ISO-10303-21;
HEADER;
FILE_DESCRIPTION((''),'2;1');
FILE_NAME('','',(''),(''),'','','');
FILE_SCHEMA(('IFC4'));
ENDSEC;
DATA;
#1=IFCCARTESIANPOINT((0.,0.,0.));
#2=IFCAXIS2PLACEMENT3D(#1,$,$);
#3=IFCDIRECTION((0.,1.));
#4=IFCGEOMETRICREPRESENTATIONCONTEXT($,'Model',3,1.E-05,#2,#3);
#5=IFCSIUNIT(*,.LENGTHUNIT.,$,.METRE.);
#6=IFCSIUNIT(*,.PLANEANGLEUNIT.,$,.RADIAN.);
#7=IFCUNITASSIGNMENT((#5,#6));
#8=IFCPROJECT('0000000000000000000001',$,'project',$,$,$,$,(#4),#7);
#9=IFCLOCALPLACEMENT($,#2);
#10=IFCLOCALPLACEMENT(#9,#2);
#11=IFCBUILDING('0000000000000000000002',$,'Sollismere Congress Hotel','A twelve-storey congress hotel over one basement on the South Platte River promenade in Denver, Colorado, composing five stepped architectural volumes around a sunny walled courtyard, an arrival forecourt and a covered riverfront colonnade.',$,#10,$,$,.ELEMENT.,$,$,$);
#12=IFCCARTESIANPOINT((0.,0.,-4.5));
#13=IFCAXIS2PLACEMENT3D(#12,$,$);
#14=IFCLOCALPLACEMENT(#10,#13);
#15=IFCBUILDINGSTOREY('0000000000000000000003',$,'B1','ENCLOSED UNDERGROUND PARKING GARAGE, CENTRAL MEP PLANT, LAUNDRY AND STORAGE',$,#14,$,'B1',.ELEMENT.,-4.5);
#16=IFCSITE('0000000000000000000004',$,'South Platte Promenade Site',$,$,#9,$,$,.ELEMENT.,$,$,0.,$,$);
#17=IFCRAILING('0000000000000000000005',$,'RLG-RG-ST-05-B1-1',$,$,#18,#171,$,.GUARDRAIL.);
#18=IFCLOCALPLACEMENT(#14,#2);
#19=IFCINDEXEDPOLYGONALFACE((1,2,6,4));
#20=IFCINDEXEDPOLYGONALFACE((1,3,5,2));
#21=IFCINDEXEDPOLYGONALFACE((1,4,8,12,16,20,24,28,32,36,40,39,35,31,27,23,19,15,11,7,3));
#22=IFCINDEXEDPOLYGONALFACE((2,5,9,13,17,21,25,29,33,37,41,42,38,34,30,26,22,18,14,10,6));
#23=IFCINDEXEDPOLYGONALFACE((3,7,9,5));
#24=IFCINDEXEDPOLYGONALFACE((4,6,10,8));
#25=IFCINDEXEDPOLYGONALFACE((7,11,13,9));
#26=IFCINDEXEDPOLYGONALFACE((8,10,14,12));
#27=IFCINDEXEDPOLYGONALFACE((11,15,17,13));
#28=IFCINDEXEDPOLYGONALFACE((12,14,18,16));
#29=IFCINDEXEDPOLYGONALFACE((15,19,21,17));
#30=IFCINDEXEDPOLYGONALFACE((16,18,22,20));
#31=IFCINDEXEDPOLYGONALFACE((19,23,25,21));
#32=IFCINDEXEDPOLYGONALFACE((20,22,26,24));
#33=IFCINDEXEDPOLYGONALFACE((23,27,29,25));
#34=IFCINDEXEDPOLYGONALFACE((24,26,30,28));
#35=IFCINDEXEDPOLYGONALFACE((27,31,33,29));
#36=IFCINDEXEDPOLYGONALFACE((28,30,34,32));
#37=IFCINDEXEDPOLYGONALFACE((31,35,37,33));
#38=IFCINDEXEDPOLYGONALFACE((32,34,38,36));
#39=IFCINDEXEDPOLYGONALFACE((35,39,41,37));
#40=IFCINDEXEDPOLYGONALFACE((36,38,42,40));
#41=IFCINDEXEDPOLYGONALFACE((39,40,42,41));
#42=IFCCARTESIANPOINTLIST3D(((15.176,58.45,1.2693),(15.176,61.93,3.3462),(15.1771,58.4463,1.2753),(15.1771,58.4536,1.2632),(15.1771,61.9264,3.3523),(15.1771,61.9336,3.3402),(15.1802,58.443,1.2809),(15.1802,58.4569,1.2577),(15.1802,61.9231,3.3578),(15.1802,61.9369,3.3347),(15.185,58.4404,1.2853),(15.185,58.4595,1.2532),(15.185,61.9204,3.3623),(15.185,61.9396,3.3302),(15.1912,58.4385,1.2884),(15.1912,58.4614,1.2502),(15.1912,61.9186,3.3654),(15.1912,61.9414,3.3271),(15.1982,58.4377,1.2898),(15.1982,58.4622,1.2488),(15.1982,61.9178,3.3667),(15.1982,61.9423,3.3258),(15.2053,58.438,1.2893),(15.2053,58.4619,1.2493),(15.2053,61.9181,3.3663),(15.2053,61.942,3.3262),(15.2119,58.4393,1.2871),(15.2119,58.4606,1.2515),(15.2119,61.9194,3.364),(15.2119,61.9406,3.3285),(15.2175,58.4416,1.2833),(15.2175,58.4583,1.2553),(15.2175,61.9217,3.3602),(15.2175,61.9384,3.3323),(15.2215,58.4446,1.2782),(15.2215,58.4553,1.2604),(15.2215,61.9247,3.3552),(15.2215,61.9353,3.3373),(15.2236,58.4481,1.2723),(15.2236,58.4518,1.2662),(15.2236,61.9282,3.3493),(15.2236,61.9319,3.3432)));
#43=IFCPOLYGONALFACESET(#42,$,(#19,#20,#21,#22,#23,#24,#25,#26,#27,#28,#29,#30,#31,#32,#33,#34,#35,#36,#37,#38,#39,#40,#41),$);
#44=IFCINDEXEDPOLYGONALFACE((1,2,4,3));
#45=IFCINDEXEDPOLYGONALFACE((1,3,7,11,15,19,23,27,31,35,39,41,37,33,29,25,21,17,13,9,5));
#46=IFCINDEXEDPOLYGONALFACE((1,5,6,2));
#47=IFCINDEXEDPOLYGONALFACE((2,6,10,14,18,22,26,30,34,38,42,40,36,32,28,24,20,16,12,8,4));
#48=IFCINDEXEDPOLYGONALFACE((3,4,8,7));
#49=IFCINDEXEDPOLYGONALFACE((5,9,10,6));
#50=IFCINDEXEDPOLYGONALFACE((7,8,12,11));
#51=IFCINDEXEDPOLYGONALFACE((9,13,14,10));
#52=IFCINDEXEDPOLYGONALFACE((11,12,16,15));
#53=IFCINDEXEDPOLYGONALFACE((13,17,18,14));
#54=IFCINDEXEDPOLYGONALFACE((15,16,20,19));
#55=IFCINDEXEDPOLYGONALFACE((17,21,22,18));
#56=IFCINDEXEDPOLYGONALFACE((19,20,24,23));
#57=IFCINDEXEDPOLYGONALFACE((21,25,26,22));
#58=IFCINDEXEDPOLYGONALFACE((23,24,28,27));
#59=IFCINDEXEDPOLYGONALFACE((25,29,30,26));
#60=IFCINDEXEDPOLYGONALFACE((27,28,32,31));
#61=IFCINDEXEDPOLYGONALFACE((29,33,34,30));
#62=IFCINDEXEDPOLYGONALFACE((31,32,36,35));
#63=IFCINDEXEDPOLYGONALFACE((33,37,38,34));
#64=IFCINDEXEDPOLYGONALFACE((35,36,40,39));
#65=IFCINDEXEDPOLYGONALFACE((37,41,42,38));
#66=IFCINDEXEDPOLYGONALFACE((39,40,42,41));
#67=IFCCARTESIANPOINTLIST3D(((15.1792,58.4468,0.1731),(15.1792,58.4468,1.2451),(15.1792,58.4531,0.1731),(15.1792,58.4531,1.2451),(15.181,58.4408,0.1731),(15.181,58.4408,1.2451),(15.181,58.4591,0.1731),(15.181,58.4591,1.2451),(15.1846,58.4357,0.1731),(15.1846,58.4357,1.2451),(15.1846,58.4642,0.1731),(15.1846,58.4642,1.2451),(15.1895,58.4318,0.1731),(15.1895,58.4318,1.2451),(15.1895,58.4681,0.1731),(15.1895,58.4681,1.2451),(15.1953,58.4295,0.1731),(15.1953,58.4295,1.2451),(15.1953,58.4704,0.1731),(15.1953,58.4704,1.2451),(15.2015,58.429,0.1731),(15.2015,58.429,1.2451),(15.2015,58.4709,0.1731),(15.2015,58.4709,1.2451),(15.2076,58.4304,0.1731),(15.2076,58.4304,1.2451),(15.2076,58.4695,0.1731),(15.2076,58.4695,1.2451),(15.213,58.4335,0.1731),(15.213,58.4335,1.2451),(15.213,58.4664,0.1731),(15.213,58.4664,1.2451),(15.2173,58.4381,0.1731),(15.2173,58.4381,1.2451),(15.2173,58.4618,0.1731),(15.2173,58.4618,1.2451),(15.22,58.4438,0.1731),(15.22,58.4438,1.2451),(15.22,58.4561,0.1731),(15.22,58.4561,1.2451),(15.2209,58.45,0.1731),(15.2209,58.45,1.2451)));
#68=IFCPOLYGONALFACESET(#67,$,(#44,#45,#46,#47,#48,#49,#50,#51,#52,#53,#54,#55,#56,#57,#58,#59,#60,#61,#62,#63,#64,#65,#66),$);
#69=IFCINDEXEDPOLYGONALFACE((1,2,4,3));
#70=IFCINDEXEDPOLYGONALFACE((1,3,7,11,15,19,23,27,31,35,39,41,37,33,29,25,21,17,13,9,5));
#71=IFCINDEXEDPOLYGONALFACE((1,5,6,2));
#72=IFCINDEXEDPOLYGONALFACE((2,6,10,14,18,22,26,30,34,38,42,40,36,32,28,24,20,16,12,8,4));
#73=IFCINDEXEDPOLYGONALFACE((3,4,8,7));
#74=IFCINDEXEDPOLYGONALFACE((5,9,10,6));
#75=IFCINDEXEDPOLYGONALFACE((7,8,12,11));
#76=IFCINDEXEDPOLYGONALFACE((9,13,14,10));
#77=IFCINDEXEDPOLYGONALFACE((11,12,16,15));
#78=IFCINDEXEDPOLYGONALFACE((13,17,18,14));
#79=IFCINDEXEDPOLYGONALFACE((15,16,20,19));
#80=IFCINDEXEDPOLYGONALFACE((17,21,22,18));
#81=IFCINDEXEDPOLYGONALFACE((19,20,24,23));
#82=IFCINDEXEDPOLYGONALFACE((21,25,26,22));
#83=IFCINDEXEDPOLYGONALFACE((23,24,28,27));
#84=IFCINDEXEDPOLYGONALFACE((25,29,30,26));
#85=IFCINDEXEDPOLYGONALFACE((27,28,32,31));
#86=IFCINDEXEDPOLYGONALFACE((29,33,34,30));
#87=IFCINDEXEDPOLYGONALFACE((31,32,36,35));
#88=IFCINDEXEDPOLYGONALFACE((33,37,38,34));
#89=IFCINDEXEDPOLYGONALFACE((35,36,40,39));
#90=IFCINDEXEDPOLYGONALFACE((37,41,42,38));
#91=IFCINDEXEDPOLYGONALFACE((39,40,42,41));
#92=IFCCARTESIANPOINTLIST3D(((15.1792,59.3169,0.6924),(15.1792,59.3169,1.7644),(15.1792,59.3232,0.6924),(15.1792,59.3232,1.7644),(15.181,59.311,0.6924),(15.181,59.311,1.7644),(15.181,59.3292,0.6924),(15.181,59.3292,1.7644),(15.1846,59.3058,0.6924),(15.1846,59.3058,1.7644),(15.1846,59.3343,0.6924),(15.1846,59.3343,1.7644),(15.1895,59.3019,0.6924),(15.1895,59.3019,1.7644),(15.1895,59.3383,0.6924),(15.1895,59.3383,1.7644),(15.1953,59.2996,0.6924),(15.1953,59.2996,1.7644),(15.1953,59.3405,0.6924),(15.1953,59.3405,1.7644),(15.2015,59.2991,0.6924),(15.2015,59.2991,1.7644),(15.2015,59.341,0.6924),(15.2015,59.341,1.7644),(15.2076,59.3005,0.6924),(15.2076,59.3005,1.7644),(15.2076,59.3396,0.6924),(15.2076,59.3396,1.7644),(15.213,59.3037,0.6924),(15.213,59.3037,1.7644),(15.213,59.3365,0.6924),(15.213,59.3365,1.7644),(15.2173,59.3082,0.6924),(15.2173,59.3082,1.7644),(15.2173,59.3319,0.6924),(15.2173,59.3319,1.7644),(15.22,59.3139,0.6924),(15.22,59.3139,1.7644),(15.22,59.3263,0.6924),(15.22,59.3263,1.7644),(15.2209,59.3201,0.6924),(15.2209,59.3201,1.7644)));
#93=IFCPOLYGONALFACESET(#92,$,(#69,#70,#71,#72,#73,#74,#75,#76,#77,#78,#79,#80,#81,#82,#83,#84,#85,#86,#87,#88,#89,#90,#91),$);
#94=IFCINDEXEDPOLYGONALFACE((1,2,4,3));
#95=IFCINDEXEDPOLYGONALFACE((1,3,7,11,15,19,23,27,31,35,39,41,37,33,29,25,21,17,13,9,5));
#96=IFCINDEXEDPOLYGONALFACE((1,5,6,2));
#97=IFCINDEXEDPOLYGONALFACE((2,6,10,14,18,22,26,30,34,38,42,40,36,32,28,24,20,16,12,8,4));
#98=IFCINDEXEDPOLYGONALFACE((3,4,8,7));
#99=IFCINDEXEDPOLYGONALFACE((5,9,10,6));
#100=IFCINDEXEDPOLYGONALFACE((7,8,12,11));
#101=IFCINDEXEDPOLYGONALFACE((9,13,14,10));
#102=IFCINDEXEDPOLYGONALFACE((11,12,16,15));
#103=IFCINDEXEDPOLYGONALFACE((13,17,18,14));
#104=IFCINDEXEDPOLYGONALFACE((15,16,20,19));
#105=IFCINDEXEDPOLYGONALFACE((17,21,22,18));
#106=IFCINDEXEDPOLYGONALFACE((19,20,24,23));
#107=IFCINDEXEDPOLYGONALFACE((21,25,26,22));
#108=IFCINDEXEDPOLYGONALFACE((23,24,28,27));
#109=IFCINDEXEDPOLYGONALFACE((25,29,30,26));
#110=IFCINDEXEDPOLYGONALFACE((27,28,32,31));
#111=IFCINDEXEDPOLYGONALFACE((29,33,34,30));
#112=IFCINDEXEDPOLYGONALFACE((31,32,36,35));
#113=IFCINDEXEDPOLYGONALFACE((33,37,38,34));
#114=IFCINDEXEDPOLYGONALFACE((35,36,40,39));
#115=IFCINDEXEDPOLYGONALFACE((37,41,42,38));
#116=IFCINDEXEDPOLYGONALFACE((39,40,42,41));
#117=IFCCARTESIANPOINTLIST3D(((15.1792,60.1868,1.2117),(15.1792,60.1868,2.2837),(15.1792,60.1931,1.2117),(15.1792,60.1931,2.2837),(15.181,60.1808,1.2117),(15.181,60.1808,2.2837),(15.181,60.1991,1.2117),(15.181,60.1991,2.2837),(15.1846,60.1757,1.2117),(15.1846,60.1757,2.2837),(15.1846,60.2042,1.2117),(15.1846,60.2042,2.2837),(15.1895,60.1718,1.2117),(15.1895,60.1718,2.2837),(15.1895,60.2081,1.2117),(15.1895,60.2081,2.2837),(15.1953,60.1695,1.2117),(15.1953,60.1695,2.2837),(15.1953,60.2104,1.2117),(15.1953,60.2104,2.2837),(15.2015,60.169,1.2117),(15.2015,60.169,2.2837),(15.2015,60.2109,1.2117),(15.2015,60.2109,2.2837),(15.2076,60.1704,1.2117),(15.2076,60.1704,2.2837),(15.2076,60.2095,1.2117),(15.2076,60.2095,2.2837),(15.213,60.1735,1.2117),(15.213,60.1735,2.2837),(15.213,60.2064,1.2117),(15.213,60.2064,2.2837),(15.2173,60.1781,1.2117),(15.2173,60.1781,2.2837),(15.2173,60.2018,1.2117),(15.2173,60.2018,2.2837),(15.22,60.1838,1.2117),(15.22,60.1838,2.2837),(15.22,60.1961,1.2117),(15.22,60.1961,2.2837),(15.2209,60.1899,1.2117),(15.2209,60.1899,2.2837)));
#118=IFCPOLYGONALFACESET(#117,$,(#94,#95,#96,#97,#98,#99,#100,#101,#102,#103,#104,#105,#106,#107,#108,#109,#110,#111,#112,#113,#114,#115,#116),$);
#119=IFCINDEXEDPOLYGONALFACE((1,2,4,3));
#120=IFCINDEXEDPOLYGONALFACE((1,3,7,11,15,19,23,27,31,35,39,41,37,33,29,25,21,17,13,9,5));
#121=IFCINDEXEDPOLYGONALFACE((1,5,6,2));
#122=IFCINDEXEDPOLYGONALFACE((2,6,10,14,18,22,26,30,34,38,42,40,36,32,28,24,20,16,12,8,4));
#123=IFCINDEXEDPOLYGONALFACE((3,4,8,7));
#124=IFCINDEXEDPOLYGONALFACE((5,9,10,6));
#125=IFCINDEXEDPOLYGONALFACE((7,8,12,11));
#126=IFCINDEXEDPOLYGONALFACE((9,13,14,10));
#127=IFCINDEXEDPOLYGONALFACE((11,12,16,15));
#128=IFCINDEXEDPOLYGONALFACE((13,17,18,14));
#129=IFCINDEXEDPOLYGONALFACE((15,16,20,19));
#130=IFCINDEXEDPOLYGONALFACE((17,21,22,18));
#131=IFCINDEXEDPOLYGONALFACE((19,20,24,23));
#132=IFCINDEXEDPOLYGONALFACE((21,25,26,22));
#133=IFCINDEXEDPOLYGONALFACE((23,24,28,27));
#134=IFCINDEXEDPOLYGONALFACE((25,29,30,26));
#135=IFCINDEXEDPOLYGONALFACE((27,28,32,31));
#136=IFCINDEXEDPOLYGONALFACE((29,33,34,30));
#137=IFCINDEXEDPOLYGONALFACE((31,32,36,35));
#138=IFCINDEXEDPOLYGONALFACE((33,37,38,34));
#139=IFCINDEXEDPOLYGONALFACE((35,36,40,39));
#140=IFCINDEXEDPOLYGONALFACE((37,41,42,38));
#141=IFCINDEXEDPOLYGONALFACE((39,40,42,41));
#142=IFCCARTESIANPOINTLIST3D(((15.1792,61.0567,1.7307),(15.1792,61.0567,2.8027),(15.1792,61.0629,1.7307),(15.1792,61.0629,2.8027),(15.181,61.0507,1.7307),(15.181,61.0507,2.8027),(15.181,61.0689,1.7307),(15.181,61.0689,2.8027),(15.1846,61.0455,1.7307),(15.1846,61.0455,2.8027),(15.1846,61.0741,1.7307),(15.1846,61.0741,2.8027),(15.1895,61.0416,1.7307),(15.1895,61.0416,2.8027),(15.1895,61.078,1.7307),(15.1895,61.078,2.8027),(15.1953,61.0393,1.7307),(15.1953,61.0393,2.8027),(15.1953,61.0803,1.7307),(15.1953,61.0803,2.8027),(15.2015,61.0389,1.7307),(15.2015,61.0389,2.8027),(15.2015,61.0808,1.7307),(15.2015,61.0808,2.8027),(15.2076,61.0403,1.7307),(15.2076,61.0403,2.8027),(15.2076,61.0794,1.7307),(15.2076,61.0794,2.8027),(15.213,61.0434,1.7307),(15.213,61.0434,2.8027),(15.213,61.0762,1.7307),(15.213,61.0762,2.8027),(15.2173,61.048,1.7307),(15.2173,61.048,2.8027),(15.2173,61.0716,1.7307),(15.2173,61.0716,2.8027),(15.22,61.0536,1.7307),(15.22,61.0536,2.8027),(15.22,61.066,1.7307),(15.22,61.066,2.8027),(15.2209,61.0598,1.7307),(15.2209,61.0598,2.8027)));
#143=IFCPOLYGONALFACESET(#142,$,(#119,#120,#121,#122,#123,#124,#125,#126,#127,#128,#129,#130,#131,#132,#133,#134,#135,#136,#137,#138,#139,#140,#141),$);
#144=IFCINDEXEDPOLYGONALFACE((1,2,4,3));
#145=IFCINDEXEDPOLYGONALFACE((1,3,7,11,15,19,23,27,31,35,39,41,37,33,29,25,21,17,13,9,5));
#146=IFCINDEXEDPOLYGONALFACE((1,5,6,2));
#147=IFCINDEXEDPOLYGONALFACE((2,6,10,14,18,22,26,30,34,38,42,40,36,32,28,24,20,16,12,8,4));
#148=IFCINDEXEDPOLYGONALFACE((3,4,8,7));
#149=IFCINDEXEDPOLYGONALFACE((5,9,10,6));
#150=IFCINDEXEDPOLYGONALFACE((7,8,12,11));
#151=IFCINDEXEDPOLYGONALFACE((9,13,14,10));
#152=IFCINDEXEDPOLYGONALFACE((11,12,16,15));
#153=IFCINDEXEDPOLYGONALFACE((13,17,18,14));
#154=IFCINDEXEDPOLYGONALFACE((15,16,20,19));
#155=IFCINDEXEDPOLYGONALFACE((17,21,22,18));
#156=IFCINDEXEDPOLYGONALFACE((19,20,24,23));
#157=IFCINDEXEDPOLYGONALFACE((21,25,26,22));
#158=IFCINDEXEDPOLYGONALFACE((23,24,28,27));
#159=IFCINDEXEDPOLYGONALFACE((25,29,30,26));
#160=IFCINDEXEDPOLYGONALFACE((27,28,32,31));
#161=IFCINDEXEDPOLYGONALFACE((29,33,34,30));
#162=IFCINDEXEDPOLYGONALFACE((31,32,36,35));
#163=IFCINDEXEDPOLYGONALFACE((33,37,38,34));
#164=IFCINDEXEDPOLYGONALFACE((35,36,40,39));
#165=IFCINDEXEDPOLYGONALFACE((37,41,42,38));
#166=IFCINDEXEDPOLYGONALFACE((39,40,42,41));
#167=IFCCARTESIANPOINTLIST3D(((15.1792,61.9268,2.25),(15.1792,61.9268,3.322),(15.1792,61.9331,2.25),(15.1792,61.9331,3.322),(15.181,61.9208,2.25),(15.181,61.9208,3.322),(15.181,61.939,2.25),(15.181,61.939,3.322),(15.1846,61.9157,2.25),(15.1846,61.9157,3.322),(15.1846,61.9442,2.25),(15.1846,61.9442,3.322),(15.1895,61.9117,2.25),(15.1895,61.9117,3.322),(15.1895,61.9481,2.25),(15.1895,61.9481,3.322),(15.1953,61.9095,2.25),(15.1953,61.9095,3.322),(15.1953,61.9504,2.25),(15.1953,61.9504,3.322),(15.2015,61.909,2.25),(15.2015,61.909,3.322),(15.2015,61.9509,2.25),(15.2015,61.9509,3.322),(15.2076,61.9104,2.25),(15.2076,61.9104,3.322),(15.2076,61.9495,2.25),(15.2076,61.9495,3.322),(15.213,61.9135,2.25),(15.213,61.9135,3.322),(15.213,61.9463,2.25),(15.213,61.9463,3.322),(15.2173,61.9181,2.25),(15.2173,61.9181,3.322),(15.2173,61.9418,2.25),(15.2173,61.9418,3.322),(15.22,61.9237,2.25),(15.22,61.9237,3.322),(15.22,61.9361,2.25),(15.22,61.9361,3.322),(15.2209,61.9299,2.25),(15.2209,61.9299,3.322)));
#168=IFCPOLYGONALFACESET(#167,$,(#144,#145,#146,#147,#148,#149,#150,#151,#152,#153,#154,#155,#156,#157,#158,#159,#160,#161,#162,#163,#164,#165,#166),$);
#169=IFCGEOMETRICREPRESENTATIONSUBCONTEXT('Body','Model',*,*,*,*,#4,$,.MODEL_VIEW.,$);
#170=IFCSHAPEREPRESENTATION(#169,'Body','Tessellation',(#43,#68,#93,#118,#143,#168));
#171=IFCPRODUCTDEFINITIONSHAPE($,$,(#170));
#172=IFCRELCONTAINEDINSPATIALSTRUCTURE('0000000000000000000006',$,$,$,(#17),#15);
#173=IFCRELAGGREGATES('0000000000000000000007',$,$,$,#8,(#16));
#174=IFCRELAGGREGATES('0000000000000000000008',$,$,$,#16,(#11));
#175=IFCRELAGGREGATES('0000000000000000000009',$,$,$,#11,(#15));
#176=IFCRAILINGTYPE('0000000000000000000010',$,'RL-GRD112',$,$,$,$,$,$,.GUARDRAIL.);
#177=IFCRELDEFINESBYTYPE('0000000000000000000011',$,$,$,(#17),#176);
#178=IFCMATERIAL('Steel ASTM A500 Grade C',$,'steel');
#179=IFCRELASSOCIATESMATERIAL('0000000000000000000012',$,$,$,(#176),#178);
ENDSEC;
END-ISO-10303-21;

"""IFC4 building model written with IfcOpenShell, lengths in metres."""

from ifc_helpers import new_model, si_unit, direction, frame, origin, origin_2d, place, context, subcontext, project, spatial, circle, extrude, material, type_object, element, save


model = new_model("IFC4")

# Units and contexts
model_context = context("Model", 3, precision=1e-05, world=origin(), true_north=direction((0.0, 1.0)))
body_context = subcontext(model_context, "Body", "Model", "MODEL_VIEW")
ifc_project = project(units=[si_unit("LENGTHUNIT", "METRE"), si_unit("PLANEANGLEUNIT", "RADIAN")], contexts=[model_context])

# Site, building, storey
site_placement = place(None, origin())
site = spatial("IfcSite", under=ifc_project, at=site_placement, Name="South Platte Promenade Site", CompositionType="ELEMENT", RefElevation=0.0)
building_placement = place(site_placement, origin())
building = spatial("IfcBuilding", under=site, at=building_placement, Name="Sollismere Congress Hotel", Description="A twelve-storey congress hotel over one basement on the South Platte River promenade in Denver, Colorado, composing five stepped architectural volumes around a sunny walled courtyard, an arrival forecourt and a covered riverfront colonnade.", CompositionType="ELEMENT")
storey_placement = place(building_placement, frame((0.0, 0.0, -4.5)))
storey = spatial("IfcBuildingStorey", under=building, at=storey_placement, Name="B1", Description="ENCLOSED UNDERGROUND PARKING GARAGE, CENTRAL MEP PLANT, LAUNDRY AND STORAGE", LongName="B1", CompositionType="ELEMENT", Elevation=-4.5)

# Railing
ifc_material_1 = material(Name="Steel ASTM A500 Grade C", Category="steel")
railing_type_1 = type_object("IfcRailingType", Name="RL-GRD112", PredefinedType="GUARDRAIL", material=ifc_material_1)
railing_1_placement = place(storey_placement, frame((15.2, 58.45, 0.1731)))
element("IfcRailing", 1, at=railing_1_placement, inside=storey, type_object=railing_type_1, Name="RLG-RG-ST-05-B1-1", PredefinedType="GUARDRAIL", context=body_context, shape_type="SweptSolid", body=[
    extrude(circle(Radius=0.0239, at=origin_2d()), frame((0.0, 0.0, 1.0962), z_axis=(0.0, 0.858697, 0.512483), x_axis=(-1.0, 0.0, 0.0)), (0.0, 0.0, 1.0), 4.0527),
    extrude(circle(Radius=0.021, at=origin_2d()), origin(), (0.0, 0.0, 1.0), 1.072),
    extrude(circle(Radius=0.021, at=origin_2d()), frame((0.0, 0.8701, 0.5193)), (0.0, 0.0, 1.0), 1.072),
    extrude(circle(Radius=0.021, at=origin_2d()), frame((0.0, 1.74, 1.0386)), (0.0, 0.0, 1.0), 1.072),
    extrude(circle(Radius=0.021, at=origin_2d()), frame((0.0, 2.6099, 1.5576)), (0.0, 0.0, 1.0), 1.072),
    extrude(circle(Radius=0.021, at=origin_2d()), frame((0.0, 3.48, 2.0769)), (0.0, 0.0, 1.0), 1.072),
])

save(model, "model.ifc")
